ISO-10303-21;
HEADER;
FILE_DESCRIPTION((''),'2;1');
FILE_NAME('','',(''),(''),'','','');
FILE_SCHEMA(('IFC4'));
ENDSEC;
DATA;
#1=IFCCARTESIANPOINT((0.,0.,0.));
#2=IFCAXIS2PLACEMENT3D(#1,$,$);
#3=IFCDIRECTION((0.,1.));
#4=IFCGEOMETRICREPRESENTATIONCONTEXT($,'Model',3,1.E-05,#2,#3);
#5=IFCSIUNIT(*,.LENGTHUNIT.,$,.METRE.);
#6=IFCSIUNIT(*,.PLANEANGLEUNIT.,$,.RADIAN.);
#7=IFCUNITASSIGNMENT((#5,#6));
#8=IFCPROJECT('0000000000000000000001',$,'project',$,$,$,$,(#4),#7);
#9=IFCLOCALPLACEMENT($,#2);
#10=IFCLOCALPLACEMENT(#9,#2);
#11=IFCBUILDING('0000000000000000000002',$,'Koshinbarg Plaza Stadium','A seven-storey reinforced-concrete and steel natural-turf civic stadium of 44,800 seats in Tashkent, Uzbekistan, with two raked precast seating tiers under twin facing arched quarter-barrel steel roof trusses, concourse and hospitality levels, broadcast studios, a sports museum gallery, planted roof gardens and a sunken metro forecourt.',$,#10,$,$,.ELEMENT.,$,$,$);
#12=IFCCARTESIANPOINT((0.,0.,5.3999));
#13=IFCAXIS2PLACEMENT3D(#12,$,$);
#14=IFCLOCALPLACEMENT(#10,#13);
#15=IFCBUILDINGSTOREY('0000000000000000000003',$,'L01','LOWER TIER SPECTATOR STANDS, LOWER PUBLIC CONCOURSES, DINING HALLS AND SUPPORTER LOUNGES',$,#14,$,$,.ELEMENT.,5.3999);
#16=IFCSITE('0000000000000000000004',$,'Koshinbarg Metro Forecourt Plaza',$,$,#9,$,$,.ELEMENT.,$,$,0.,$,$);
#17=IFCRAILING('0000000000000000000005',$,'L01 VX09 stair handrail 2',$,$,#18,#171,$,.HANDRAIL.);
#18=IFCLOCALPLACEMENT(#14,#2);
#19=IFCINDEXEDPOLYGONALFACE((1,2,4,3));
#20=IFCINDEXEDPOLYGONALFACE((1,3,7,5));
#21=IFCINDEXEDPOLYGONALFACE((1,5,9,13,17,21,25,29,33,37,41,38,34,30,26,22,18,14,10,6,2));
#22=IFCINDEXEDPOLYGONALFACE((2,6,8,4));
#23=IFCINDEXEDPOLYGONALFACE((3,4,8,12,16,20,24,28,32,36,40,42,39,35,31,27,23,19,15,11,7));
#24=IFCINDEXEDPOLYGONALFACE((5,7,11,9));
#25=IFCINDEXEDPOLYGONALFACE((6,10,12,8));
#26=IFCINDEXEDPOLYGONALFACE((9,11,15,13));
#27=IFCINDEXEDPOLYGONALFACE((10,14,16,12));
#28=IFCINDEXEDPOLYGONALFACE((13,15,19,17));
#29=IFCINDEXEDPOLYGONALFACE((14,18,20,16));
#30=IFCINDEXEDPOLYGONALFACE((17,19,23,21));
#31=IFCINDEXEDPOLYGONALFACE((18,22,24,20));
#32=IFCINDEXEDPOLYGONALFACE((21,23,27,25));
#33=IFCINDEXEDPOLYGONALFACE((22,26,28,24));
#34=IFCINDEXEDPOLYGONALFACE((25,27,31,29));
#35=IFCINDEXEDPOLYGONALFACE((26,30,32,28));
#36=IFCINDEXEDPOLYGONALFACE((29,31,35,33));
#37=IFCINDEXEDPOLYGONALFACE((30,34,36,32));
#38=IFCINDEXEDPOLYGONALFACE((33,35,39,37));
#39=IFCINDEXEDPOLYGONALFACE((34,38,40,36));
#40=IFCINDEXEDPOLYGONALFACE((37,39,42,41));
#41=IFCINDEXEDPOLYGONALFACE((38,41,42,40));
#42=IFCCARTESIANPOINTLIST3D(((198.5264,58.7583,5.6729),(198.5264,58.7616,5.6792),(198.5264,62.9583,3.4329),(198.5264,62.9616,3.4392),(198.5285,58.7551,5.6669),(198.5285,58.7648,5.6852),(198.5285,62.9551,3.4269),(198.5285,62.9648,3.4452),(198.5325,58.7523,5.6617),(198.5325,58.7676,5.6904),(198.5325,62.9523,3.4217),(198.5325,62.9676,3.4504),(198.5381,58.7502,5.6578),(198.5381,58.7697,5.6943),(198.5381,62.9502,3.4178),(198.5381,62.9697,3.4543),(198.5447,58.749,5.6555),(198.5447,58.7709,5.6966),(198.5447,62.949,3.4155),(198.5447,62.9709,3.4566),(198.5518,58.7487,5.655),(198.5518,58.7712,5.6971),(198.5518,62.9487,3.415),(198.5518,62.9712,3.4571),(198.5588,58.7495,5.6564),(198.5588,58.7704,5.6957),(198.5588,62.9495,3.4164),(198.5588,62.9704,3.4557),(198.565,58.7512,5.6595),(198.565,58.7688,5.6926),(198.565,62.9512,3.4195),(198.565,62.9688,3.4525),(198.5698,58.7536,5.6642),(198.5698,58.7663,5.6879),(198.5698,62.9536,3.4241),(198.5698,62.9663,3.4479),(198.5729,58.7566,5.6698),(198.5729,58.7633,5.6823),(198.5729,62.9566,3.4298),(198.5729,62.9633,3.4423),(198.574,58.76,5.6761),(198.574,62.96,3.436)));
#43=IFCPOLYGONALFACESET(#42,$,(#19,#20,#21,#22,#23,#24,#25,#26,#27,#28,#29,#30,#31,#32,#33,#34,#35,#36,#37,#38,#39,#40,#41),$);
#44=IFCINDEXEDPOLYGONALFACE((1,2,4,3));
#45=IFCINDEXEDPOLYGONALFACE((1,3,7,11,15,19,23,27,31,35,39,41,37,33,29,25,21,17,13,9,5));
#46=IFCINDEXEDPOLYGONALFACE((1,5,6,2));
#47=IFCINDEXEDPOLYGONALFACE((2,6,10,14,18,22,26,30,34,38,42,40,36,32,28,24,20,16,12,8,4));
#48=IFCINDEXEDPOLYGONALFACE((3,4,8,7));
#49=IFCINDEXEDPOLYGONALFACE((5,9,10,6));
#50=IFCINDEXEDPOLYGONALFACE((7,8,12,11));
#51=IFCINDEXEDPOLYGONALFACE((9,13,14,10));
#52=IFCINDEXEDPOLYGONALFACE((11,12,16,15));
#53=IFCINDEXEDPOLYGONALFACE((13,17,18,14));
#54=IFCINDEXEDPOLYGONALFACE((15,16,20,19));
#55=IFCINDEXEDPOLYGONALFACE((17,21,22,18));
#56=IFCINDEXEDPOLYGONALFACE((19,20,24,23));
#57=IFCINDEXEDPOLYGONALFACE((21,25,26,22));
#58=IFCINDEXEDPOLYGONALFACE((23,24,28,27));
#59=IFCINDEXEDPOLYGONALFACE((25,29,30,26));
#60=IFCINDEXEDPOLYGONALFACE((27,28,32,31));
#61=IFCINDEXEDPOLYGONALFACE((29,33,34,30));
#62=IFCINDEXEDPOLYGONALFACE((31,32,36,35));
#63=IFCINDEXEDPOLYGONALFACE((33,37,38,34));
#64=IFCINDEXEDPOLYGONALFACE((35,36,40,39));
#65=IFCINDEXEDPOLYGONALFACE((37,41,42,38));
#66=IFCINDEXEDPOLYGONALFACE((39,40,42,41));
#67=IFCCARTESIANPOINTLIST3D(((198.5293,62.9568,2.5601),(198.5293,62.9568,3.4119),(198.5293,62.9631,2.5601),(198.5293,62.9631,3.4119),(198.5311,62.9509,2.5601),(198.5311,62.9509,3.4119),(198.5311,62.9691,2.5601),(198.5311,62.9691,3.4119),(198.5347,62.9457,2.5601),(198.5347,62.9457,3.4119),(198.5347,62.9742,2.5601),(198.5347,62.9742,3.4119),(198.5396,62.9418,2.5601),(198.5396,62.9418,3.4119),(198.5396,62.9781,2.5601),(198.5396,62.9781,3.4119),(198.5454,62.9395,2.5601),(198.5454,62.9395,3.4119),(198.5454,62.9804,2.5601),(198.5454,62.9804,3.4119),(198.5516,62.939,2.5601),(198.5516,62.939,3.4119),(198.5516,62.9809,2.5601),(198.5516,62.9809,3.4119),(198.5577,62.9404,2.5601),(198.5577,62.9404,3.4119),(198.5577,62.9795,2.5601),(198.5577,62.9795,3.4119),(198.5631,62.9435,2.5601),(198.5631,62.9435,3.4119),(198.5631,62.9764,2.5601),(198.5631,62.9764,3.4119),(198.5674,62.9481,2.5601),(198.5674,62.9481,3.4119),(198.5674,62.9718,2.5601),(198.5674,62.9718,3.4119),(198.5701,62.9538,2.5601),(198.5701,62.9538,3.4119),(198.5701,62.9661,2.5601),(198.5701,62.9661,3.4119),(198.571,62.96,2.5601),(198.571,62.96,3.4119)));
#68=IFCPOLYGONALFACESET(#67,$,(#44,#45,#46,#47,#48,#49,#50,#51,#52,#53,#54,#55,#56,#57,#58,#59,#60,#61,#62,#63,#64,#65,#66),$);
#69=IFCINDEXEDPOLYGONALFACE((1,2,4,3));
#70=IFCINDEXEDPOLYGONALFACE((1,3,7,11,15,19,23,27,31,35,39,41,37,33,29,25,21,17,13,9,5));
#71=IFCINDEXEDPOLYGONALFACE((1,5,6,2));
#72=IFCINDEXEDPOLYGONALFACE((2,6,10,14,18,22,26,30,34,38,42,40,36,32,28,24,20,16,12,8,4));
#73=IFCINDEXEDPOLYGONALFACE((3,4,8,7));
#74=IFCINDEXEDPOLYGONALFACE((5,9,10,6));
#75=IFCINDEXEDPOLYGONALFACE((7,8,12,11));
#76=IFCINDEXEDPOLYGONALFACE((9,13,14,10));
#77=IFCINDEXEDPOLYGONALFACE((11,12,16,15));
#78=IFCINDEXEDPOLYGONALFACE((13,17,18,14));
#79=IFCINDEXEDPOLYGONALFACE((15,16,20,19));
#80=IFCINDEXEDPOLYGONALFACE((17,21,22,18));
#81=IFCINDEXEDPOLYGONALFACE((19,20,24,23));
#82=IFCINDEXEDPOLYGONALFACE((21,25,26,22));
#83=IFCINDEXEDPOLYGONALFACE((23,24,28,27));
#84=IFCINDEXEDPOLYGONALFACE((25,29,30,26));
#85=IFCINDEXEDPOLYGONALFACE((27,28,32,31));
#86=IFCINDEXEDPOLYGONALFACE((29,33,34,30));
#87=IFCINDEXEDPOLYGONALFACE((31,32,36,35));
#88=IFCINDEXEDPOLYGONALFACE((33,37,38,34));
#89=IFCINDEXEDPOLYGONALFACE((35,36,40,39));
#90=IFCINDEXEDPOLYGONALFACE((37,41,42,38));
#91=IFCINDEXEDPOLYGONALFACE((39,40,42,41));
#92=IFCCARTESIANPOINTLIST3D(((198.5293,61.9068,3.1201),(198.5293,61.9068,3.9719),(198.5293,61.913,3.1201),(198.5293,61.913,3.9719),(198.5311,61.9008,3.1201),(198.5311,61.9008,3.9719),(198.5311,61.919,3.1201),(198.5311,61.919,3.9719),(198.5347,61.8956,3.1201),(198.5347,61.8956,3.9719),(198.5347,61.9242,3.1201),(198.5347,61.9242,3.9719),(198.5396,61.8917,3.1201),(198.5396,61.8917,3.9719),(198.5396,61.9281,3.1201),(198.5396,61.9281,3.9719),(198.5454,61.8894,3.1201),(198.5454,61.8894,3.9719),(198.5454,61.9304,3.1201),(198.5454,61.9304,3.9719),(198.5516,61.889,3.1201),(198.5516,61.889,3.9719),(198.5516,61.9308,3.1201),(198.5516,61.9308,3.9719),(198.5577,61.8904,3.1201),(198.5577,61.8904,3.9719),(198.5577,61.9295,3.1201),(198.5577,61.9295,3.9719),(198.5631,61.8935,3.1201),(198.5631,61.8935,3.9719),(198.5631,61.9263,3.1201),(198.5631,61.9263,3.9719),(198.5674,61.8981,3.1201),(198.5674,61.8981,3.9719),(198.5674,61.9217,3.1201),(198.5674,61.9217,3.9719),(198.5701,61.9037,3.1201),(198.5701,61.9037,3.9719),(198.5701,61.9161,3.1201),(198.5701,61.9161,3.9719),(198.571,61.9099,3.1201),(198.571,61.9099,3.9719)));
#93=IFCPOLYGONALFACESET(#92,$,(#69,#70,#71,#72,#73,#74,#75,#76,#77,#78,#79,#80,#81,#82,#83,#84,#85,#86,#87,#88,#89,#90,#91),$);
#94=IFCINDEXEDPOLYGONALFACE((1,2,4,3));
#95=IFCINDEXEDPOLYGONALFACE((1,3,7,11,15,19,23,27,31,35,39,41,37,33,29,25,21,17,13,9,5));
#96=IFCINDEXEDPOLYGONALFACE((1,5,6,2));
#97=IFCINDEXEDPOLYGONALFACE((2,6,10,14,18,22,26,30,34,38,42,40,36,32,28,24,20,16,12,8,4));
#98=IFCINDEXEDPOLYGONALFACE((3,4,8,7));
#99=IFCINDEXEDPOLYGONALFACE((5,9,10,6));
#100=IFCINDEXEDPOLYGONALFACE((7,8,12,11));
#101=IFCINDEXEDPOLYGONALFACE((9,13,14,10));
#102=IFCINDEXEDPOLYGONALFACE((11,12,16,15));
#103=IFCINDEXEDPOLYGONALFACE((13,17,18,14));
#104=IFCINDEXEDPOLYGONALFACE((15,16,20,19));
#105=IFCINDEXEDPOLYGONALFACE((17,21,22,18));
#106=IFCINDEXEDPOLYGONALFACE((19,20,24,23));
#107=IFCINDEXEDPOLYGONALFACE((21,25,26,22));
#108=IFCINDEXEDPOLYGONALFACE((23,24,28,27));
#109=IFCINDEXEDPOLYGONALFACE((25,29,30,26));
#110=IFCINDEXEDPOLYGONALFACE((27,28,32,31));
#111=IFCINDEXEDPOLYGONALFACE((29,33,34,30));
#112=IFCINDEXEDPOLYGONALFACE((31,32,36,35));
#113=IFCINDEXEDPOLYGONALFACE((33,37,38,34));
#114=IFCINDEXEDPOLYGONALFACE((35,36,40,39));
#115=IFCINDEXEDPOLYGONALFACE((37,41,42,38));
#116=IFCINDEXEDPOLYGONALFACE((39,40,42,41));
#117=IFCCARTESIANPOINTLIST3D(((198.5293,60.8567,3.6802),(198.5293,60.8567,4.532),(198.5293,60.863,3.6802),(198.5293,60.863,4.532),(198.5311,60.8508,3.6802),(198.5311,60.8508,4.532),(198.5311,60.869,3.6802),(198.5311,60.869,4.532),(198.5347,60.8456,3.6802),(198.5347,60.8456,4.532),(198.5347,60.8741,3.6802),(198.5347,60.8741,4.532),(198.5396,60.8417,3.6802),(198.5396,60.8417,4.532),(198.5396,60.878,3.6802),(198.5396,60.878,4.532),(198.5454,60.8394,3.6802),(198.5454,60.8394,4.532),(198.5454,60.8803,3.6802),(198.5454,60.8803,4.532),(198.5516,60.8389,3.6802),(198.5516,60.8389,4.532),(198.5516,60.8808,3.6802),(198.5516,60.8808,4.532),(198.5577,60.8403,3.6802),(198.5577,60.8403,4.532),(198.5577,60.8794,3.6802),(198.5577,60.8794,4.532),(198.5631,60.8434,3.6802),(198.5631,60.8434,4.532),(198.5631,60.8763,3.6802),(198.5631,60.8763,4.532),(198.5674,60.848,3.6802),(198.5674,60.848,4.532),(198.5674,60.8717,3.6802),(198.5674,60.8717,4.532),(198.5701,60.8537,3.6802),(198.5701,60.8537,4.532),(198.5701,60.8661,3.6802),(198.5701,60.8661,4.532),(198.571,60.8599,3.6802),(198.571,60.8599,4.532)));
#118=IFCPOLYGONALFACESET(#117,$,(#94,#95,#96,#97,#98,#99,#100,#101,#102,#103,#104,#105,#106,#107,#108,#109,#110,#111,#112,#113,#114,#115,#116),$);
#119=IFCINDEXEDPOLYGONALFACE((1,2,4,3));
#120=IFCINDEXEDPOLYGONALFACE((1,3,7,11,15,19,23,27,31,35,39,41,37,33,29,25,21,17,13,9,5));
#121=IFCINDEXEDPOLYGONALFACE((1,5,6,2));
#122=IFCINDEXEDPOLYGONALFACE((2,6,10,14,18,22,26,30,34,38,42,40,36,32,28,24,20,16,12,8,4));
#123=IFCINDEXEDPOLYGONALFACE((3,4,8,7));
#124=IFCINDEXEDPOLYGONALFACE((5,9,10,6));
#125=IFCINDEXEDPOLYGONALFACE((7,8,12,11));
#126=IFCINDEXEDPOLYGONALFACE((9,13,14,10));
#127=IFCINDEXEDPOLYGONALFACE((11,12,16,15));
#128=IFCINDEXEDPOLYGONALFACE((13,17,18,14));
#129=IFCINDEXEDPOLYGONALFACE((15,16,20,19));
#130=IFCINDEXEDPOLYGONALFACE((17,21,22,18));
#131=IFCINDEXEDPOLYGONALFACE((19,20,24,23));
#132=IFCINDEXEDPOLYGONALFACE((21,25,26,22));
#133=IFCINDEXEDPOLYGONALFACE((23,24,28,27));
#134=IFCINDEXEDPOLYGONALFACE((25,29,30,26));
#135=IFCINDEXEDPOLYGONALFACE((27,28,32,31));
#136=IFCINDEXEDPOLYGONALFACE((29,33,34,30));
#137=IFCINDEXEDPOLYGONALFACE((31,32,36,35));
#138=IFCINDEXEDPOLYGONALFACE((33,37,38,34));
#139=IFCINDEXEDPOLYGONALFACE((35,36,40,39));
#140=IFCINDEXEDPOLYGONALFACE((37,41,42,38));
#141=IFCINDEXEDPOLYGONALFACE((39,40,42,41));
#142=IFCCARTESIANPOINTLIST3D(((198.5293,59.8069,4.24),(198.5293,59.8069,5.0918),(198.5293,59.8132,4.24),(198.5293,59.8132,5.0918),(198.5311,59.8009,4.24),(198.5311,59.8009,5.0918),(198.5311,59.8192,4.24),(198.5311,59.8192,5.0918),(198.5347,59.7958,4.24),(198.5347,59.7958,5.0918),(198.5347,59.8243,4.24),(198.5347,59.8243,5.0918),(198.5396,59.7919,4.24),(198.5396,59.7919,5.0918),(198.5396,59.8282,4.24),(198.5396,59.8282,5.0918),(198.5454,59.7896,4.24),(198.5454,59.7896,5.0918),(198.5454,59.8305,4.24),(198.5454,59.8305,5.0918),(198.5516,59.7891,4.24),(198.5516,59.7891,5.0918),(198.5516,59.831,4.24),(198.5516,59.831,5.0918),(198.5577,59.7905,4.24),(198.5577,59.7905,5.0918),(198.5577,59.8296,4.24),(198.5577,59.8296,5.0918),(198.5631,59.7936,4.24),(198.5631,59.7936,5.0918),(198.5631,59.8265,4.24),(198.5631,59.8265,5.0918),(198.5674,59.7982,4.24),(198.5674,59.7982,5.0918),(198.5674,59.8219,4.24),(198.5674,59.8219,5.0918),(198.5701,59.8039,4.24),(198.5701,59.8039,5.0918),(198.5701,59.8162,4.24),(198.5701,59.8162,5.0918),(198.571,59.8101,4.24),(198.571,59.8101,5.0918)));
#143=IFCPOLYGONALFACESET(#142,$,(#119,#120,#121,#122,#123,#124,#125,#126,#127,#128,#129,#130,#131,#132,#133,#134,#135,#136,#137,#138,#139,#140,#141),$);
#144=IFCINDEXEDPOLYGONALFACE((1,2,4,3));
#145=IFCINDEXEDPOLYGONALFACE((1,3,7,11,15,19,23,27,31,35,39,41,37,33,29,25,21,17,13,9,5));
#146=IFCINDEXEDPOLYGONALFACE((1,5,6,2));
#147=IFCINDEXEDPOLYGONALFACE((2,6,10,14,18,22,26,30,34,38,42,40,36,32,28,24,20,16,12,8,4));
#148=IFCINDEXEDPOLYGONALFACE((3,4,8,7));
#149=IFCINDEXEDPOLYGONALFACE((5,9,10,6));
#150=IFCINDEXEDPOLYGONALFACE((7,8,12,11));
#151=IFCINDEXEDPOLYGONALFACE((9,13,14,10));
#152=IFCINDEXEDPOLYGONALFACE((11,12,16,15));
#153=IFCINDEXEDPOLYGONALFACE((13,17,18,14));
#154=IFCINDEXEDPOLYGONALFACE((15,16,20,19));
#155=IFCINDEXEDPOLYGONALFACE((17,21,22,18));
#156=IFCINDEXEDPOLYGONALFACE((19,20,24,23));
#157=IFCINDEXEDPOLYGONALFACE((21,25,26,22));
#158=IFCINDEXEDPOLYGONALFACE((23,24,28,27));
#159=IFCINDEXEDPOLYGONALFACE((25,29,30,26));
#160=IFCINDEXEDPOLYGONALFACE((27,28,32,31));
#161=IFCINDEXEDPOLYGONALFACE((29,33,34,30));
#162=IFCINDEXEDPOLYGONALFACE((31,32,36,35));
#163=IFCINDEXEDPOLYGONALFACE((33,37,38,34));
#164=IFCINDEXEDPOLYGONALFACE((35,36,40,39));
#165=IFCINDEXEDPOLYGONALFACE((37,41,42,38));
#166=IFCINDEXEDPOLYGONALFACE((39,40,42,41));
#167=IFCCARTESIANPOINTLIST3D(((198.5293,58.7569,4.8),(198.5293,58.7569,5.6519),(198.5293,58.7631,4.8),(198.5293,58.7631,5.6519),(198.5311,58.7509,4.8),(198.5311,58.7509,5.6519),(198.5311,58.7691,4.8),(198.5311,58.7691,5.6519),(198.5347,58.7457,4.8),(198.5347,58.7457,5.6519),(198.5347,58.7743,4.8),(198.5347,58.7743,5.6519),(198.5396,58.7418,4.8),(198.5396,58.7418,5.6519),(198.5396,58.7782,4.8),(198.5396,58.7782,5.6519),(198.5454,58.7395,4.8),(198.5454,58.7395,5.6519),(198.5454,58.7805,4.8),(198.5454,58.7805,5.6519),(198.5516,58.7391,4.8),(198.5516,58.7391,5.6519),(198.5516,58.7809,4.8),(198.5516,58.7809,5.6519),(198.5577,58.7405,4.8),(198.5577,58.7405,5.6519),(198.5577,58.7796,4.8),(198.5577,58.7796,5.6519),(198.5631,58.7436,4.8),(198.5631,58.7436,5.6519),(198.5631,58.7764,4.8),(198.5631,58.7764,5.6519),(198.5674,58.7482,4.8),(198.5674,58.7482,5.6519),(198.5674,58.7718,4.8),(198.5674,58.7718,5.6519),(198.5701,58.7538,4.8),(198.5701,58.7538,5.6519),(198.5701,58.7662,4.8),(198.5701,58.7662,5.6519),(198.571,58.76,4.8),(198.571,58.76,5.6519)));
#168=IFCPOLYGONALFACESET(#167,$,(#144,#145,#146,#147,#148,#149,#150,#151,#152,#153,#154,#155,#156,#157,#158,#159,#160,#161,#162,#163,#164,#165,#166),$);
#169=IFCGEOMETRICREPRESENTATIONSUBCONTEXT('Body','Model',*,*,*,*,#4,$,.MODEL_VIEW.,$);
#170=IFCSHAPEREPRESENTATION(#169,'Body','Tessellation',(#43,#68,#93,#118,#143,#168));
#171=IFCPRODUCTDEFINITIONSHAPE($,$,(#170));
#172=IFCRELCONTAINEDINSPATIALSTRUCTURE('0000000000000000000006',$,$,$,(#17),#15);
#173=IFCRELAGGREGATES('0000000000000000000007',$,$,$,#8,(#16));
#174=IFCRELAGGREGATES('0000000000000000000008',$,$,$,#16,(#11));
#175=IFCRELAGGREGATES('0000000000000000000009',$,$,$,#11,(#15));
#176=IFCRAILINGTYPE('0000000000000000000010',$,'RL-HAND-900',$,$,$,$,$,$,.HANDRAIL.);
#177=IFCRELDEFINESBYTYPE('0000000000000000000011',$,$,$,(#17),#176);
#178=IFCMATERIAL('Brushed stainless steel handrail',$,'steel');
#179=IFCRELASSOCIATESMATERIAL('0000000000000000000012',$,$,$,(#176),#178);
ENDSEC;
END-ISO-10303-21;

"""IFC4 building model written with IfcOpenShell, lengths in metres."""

from ifc_helpers import new_model, si_unit, direction, frame, origin, origin_2d, place, context, subcontext, project, spatial, circle, extrude, material, type_object, element, save


model = new_model("IFC4")

# Units and contexts
model_context = context("Model", 3, precision=1e-05, world=origin(), true_north=direction((0.0, 1.0)))
body_context = subcontext(model_context, "Body", "Model", "MODEL_VIEW")
ifc_project = project(units=[si_unit("LENGTHUNIT", "METRE"), si_unit("PLANEANGLEUNIT", "RADIAN")], contexts=[model_context])

# Site, building, storey
site_placement = place(None, origin())
site = spatial("IfcSite", under=ifc_project, at=site_placement, Name="Koshinbarg Metro Forecourt Plaza", CompositionType="ELEMENT", RefElevation=0.0)
building_placement = place(site_placement, origin())
building = spatial("IfcBuilding", under=site, at=building_placement, Name="Koshinbarg Plaza Stadium", Description="A seven-storey reinforced-concrete and steel natural-turf civic stadium of 44,800 seats in Tashkent, Uzbekistan, with two raked precast seating tiers under twin facing arched quarter-barrel steel roof trusses, concourse and hospitality levels, broadcast studios, a sports museum gallery, planted roof gardens and a sunken metro forecourt.", CompositionType="ELEMENT")
storey_placement = place(building_placement, frame((0.0, 0.0, 5.3999)))
storey = spatial("IfcBuildingStorey", under=building, at=storey_placement, Name="L01", Description="LOWER TIER SPECTATOR STANDS, LOWER PUBLIC CONCOURSES, DINING HALLS AND SUPPORTER LOUNGES", CompositionType="ELEMENT", Elevation=5.3999)

# Railing
ifc_material_1 = material(Name="Brushed stainless steel handrail", Category="steel")
railing_type_1 = type_object("IfcRailingType", Name="RL-HAND-900", PredefinedType="HANDRAIL", material=ifc_material_1)
railing_1_placement = place(storey_placement, frame((198.55, 62.96, 2.5601)))
element("IfcRailing", 1, at=railing_1_placement, inside=storey, type_object=railing_type_1, Name="L01 VX09 stair handrail 2", PredefinedType="HANDRAIL", context=body_context, shape_type="SweptSolid", body=[
    extrude(circle(Radius=0.0239, at=origin_2d()), frame((0.0, 0.0, 0.876), z_axis=(0.0, -0.882352, 0.470591), x_axis=(1.0, 0.0, 0.0)), (0.0, 0.0, 1.0), 4.76),
    extrude(circle(Radius=0.021, at=origin_2d()), origin(), (0.0, 0.0, 1.0), 0.8518),
    extrude(circle(Radius=0.021, at=origin_2d()), frame((0.0, -1.05, 0.5601)), (0.0, 0.0, 1.0), 0.8518),
    extrude(circle(Radius=0.021, at=origin_2d()), frame((0.0, -2.1001, 1.1201)), (0.0, 0.0, 1.0), 0.8518),
    extrude(circle(Radius=0.021, at=origin_2d()), frame((0.0, -3.1499, 1.6799)), (0.0, 0.0, 1.0), 0.8518),
    extrude(circle(Radius=0.021, at=origin_2d()), frame((0.0, -4.2, 2.24)), (0.0, 0.0, 1.0), 0.8518),
])

save(model, "model.ifc")
